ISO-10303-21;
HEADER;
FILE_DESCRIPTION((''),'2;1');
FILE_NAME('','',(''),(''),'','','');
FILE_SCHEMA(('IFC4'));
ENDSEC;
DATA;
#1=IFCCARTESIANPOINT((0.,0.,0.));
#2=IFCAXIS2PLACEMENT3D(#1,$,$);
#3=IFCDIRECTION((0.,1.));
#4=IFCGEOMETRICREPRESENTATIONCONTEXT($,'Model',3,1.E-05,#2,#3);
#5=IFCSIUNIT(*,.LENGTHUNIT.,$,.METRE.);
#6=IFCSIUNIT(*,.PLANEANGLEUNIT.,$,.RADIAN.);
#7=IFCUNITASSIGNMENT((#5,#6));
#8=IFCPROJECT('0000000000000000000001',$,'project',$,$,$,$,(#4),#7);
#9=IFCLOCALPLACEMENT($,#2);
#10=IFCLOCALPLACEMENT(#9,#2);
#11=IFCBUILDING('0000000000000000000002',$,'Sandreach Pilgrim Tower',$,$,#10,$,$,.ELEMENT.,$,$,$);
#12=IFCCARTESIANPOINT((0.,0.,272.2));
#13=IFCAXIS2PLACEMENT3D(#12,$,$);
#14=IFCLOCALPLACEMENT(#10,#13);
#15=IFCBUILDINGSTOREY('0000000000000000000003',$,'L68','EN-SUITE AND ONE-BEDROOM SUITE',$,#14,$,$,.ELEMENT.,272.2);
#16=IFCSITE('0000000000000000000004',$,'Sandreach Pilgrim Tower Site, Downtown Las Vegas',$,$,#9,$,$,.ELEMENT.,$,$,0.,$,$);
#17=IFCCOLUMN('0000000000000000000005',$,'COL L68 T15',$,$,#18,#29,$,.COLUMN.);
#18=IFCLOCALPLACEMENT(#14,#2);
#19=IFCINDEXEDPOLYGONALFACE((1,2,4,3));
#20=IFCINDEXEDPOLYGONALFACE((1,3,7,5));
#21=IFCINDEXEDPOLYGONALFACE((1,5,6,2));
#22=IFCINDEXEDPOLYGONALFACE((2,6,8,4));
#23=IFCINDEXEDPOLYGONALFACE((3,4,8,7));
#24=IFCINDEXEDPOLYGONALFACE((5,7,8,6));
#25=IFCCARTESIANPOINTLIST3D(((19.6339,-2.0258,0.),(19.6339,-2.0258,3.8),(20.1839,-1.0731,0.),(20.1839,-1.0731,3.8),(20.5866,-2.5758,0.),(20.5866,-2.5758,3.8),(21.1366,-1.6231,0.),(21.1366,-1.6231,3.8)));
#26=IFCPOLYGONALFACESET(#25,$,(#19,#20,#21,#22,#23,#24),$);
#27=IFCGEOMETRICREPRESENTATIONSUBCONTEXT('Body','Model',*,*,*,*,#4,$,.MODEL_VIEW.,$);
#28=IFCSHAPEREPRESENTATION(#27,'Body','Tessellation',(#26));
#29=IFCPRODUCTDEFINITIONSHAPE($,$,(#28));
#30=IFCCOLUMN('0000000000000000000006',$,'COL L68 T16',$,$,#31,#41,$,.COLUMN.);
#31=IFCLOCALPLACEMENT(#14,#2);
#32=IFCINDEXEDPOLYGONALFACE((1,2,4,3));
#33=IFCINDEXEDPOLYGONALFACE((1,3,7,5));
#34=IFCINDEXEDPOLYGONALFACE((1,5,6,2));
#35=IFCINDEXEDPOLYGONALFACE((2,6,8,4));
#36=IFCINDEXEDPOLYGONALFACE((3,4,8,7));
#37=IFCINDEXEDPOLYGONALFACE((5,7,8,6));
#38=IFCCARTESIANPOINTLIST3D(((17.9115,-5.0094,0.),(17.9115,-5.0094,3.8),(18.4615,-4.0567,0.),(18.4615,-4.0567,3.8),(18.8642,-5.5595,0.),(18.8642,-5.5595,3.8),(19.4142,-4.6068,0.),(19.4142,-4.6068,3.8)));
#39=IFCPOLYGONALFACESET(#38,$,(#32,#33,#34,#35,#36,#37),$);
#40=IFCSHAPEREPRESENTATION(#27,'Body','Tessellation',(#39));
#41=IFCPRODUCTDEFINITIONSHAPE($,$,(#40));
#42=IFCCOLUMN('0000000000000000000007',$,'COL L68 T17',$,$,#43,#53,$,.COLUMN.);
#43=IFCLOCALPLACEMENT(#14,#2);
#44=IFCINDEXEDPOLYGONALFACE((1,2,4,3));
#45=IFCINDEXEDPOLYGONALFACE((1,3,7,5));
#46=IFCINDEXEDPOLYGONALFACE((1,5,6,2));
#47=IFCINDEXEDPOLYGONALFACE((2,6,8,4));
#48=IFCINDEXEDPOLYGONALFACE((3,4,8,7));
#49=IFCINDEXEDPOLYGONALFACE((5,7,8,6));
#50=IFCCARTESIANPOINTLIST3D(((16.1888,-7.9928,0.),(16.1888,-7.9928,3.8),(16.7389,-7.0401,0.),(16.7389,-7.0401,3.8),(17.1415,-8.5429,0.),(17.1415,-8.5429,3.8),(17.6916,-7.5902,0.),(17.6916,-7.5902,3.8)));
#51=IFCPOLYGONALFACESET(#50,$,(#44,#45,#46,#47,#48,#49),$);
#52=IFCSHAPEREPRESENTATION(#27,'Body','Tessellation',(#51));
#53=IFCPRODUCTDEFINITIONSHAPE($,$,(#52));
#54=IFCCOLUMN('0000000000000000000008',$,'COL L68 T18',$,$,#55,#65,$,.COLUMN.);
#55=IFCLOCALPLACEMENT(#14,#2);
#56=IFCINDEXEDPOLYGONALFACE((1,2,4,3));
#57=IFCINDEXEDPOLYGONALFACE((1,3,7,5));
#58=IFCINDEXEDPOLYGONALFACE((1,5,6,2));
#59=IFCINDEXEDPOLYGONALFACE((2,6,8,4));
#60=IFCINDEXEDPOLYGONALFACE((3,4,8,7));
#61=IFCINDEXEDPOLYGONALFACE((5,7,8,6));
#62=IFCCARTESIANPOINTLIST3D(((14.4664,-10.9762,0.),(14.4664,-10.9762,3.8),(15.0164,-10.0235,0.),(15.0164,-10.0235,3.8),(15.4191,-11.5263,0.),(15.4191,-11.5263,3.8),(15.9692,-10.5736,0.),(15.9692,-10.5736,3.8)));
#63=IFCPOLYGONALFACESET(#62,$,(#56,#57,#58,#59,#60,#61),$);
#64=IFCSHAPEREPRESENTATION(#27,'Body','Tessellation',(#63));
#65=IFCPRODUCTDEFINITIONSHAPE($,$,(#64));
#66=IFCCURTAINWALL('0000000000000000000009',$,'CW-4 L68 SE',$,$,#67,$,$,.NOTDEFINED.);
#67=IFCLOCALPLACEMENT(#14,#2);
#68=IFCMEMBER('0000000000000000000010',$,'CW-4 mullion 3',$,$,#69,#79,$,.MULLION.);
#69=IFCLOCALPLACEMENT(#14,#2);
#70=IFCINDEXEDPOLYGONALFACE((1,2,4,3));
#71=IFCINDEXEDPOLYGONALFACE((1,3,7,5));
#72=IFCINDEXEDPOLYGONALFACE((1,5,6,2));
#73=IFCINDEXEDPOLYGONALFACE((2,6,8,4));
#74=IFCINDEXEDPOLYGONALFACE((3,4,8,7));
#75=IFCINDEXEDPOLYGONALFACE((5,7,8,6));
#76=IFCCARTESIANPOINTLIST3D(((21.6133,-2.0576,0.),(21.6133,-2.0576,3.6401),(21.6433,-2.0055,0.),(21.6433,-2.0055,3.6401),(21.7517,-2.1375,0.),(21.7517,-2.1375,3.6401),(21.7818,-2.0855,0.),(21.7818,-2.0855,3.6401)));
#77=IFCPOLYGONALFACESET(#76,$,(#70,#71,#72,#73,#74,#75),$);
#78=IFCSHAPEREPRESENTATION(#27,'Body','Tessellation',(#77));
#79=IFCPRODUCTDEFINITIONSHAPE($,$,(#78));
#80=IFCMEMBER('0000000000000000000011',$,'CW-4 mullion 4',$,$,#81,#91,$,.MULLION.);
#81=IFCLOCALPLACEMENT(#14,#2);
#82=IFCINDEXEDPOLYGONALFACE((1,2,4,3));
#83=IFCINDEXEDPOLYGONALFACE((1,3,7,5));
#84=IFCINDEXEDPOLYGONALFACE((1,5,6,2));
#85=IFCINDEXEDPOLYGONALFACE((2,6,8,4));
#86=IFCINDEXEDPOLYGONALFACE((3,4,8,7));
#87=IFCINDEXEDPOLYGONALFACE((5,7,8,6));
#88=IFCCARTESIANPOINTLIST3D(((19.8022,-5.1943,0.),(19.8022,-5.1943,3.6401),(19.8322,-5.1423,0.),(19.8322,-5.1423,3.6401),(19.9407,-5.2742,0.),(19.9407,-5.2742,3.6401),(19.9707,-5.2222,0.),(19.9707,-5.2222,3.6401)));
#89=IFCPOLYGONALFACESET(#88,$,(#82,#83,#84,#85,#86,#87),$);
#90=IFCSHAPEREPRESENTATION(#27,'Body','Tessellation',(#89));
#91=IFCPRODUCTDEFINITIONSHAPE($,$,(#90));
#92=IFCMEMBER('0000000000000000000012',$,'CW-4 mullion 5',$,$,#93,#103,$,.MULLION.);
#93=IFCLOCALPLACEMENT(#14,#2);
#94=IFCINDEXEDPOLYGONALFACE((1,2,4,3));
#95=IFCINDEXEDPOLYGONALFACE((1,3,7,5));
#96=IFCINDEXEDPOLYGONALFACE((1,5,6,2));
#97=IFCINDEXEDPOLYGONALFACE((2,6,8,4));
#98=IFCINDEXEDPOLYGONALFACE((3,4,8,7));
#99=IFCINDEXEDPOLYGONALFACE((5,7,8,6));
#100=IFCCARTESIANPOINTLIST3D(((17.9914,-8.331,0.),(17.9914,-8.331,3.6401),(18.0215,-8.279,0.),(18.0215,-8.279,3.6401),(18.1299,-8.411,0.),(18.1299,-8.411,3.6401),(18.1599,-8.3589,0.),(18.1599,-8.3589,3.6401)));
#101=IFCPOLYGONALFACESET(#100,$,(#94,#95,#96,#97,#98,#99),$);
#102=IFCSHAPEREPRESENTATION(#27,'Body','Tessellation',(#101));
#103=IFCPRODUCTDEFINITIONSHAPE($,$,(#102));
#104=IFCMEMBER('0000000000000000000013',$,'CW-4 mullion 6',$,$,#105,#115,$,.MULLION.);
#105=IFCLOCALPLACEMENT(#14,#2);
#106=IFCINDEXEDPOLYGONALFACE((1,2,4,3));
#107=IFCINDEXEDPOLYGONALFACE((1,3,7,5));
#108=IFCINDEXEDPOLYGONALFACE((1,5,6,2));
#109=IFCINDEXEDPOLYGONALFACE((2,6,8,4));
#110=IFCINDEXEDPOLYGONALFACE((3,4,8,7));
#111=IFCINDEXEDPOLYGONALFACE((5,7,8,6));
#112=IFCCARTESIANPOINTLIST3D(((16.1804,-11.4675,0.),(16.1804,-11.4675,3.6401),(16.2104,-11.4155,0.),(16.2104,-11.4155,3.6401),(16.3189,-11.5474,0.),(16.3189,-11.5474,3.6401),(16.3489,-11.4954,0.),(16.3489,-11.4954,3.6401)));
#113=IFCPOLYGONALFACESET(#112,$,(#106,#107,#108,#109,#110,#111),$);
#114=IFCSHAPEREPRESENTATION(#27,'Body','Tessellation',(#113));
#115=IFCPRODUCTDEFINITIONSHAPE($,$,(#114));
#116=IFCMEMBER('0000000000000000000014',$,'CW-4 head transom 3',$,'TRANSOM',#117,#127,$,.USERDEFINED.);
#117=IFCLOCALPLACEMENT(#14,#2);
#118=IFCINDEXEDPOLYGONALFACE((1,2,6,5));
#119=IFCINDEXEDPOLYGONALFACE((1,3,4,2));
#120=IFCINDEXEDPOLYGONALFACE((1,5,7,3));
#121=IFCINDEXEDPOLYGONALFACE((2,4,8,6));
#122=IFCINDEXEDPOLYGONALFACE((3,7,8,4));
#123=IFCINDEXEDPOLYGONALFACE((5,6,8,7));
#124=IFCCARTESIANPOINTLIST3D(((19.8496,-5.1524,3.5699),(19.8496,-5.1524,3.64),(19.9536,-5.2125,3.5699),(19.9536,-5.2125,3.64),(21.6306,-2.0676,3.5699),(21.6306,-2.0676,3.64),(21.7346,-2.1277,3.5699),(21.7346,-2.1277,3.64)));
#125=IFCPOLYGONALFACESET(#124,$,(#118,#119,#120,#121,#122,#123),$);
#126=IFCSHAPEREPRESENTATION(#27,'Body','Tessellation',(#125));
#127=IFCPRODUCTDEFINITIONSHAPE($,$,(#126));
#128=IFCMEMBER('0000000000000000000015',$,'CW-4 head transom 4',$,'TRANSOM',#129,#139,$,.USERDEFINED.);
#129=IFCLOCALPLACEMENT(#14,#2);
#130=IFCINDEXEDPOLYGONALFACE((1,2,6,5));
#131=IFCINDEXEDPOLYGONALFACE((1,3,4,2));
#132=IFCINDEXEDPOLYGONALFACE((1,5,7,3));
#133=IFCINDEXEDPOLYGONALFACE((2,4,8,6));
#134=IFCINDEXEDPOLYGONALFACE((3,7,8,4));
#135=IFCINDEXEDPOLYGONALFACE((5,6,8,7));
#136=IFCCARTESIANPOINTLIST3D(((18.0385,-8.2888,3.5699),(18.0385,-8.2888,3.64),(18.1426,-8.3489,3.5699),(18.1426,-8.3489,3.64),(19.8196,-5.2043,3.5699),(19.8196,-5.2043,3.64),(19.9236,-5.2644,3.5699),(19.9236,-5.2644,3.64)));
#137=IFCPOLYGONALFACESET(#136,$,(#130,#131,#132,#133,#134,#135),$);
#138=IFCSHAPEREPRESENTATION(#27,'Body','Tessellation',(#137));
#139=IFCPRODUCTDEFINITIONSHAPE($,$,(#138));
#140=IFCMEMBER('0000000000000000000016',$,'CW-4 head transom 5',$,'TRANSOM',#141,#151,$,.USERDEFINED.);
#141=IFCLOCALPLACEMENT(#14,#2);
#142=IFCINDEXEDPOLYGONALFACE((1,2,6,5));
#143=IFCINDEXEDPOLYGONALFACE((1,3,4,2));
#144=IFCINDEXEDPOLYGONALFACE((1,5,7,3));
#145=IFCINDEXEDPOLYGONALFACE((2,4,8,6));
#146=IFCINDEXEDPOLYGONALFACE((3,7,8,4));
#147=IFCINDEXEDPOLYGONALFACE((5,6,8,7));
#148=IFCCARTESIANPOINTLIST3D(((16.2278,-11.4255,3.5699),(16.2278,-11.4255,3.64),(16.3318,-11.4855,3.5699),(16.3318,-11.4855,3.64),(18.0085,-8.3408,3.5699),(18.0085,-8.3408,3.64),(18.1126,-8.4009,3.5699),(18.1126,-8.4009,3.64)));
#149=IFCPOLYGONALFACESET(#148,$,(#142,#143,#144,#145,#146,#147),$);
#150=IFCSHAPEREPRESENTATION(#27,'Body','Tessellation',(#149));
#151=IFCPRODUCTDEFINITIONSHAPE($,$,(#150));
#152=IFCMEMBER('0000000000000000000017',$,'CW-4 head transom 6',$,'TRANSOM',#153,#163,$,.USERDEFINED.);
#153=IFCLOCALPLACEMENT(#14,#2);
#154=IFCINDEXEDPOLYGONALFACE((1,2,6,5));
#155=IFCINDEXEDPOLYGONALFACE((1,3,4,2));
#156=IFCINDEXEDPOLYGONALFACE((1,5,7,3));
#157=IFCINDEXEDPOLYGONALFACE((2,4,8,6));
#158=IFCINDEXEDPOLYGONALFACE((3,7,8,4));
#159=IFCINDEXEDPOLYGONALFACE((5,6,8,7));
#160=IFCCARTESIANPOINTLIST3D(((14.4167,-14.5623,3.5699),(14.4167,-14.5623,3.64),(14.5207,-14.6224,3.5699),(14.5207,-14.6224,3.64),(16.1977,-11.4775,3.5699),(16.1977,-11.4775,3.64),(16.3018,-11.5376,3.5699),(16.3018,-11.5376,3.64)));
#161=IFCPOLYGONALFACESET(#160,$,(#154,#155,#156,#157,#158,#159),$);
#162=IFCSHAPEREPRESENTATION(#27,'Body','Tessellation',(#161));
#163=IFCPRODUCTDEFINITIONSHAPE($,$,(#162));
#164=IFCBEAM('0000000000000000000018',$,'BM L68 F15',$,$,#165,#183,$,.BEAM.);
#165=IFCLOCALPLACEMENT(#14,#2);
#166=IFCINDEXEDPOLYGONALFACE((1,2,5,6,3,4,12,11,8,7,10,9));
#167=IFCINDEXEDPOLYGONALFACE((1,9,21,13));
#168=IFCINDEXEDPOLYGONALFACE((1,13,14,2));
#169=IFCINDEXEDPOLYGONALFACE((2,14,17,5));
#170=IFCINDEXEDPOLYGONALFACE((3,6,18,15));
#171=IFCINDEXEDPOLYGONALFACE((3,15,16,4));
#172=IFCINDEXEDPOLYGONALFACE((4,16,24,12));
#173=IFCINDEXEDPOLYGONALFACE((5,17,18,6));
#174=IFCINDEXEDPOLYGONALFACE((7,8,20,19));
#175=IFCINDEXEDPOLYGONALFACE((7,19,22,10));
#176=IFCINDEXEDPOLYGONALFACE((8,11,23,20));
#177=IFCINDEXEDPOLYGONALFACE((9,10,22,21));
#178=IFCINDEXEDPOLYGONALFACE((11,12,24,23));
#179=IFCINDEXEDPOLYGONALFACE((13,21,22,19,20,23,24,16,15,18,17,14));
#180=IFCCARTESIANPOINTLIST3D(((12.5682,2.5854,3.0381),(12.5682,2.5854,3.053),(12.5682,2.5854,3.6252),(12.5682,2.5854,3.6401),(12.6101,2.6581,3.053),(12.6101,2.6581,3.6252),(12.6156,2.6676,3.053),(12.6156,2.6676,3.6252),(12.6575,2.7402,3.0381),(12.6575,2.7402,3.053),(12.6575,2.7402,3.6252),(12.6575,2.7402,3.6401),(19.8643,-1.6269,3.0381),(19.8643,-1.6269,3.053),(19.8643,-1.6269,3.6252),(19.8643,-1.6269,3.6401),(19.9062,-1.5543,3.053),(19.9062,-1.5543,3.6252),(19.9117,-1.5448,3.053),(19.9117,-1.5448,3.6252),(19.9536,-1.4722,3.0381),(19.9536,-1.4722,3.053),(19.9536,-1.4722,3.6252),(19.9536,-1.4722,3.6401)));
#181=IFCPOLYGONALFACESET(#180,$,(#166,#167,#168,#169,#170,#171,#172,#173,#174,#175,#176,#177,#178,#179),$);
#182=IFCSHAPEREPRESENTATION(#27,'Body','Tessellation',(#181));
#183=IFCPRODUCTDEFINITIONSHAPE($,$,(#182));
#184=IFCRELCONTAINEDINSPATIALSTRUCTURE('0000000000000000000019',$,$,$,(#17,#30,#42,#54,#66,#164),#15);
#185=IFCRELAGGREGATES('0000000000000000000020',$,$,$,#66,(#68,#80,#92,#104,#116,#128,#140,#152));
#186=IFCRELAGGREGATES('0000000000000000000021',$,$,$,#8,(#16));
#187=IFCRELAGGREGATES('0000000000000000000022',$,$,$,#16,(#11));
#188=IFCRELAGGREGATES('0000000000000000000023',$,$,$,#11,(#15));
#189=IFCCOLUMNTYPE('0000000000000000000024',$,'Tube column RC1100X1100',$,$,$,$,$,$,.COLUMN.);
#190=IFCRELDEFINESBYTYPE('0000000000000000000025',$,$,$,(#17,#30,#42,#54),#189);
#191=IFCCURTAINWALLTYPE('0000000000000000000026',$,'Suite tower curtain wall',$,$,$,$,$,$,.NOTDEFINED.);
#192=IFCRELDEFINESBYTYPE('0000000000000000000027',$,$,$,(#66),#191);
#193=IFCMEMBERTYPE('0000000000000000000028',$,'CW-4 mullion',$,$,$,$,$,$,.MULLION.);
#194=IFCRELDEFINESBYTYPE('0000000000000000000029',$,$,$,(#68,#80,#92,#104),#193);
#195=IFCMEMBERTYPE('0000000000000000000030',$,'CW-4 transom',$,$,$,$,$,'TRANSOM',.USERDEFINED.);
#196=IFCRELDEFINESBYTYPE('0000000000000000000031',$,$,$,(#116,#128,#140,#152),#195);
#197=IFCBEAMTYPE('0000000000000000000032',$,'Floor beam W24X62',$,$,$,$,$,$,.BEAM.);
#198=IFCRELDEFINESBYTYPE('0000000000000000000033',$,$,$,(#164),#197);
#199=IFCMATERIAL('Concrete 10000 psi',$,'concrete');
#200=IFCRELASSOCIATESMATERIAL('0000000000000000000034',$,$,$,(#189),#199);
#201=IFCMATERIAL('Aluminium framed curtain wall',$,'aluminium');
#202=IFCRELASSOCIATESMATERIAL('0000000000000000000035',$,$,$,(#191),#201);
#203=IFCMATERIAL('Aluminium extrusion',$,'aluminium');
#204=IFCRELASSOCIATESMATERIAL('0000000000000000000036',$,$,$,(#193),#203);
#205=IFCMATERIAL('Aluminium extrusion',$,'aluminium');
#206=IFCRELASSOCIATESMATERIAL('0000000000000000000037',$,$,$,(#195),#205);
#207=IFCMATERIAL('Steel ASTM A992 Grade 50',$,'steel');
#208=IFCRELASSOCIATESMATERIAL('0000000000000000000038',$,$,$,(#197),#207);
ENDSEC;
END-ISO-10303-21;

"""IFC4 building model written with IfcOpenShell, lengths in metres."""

from ifc_helpers import new_model, si_unit, direction, frame, origin, origin_2d, place, context, subcontext, project, spatial, rectangle, i_section, extrude, material, material_profile, profile_set, type_object, element, aggregate, save


model = new_model("IFC4")

# Units and contexts
model_context = context("Model", 3, precision=1e-05, world=origin(), true_north=direction((0.0, 1.0)))
body_context = subcontext(model_context, "Body", "Model", "MODEL_VIEW")
ifc_project = project(units=[si_unit("LENGTHUNIT", "METRE"), si_unit("PLANEANGLEUNIT", "RADIAN")], contexts=[model_context])

# Site, building, storey
site_placement = place(None, origin())
site = spatial("IfcSite", under=ifc_project, at=site_placement, Name="Sandreach Pilgrim Tower Site, Downtown Las Vegas", CompositionType="ELEMENT", RefElevation=0.0)
building_placement = place(site_placement, origin())
building = spatial("IfcBuilding", under=site, at=building_placement, Name="Sandreach Pilgrim Tower", CompositionType="ELEMENT")
storey_placement = place(building_placement, frame((0.0, 0.0, 272.2)))
storey = spatial("IfcBuildingStorey", under=building, at=storey_placement, Name="L68", Description="EN-SUITE AND ONE-BEDROOM SUITE", CompositionType="ELEMENT", Elevation=272.2)

# Columns
ifc_material_1 = material(Name="Concrete 10000 psi", Category="concrete")
ifc_material_profile_1 = material_profile(ifc_material_1, rectangle(XDim=1.1001, YDim=1.1001, at=origin_2d()), Name="RC1100X1100")
ifc_profile_set_1 = profile_set([ifc_material_profile_1], Name="Concrete 10000 psi")
column_type = type_object("IfcColumnType", Name="Tube column RC1100X1100", PredefinedType="COLUMN", material=ifc_profile_set_1)
for number, where, z_axis, x_axis, name in (
    (1, (20.3853, -1.8245, 0.0), (0.0, 0.0, 1.0), (0.866025, -0.5, 0.0), "COL L68 T15"),
    (2, (18.6628, -4.8081, 0.0), (0.0, 0.0, 1.0), (0.866025, -0.5, 0.0), "COL L68 T16"),
    (3, (16.9402, -7.7915, 0.0), (0.0, 0.0, 1.0), (0.866025, -0.5, 0.0), "COL L68 T17"),
    (4, (15.2178, -10.7749, 0.0), (0.0, 0.0, 1.0), (0.866025, -0.5, 0.0), "COL L68 T18"),
):
    element("IfcColumn", number, at=place(storey_placement, frame(where, z_axis=z_axis, x_axis=x_axis)), inside=storey, type_object=column_type, Name=name, PredefinedType="COLUMN", context=body_context, shape_type="SweptSolid", body=[
        extrude(rectangle(XDim=1.1001, YDim=1.1001, at=origin_2d()), origin(), (0.0, 0.0, 1.0), 3.8),
    ])

# Curtain wall, members
ifc_material_2 = material(Name="Aluminium framed curtain wall", Category="aluminium")
curtain_wall_type = type_object("IfcCurtainWallType", Name="Suite tower curtain wall", PredefinedType="NOTDEFINED", material=ifc_material_2)
curtain_wall_placement = place(storey_placement, origin())
curtain_wall = element("IfcCurtainWall", 5, at=curtain_wall_placement, inside=storey, type_object=curtain_wall_type, Name="CW-4 L68 SE", PredefinedType="NOTDEFINED")
ifc_material_3 = material(Name="Aluminium extrusion", Category="aluminium")
ifc_material_profile_2 = material_profile(ifc_material_3, rectangle(XDim=0.0601, YDim=0.1599, at=origin_2d()), Name="CW-4M 60X160")
ifc_profile_set_2 = profile_set([ifc_material_profile_2], Name="Aluminium extrusion")
member_type_1 = type_object("IfcMemberType", Name="CW-4 mullion", PredefinedType="MULLION", material=ifc_profile_set_2)
member_1_placement = place(storey_placement, frame((21.6975, -2.0715, 0.0), z_axis=(0.0, 0.0, 1.0), x_axis=(-0.5, -0.866025, 0.0)))
member_1 = element("IfcMember", 6, at=member_1_placement, type_object=member_type_1, Name="CW-4 mullion 3", PredefinedType="MULLION", context=body_context, shape_type="SweptSolid", body=[
    extrude(rectangle(XDim=0.0601, YDim=0.1599, at=origin_2d()), origin(), (0.0, 0.0, 1.0), 3.6401),
])
member_2_placement = place(storey_placement, frame((19.8865, -5.2083, 0.0), z_axis=(0.0, 0.0, 1.0), x_axis=(-0.5, -0.866025, 0.0)))
member_2 = element("IfcMember", 7, at=member_2_placement, type_object=member_type_1, Name="CW-4 mullion 4", PredefinedType="MULLION", context=body_context, shape_type="SweptSolid", body=[
    extrude(rectangle(XDim=0.0601, YDim=0.1599, at=origin_2d()), origin(), (0.0, 0.0, 1.0), 3.6401),
])
member_3_placement = place(storey_placement, frame((18.0757, -8.345, 0.0), z_axis=(0.0, 0.0, 1.0), x_axis=(-0.5, -0.866025, 0.0)))
member_3 = element("IfcMember", 8, at=member_3_placement, type_object=member_type_1, Name="CW-4 mullion 5", PredefinedType="MULLION", context=body_context, shape_type="SweptSolid", body=[
    extrude(rectangle(XDim=0.0601, YDim=0.1599, at=origin_2d()), origin(), (0.0, 0.0, 1.0), 3.6401),
])
member_4_placement = place(storey_placement, frame((16.2646, -11.4814, 0.0), z_axis=(0.0, 0.0, 1.0), x_axis=(-0.5, -0.866025, 0.0)))
member_4 = element("IfcMember", 9, at=member_4_placement, type_object=member_type_1, Name="CW-4 mullion 6", PredefinedType="MULLION", context=body_context, shape_type="SweptSolid", body=[
    extrude(rectangle(XDim=0.0601, YDim=0.1599, at=origin_2d()), origin(), (0.0, 0.0, 1.0), 3.6401),
])
ifc_material_4 = material(Name="Aluminium extrusion", Category="aluminium")
ifc_material_profile_3 = material_profile(ifc_material_4, rectangle(XDim=0.1201, YDim=0.0701, at=origin_2d()), Name="CW-4T 120X70")
ifc_profile_set_3 = profile_set([ifc_material_profile_3], Name="Aluminium extrusion")
member_type_2 = type_object("IfcMemberType", Name="CW-4 transom", ElementType="TRANSOM", PredefinedType="USERDEFINED", material=ifc_profile_set_3)
member_5_placement = place(storey_placement, frame((21.6826, -2.0977, 3.605), z_axis=(-0.500009, -0.86602, 0.0), x_axis=(0.86602, -0.500009, 0.0)))
member_5 = element("IfcMember", 10, at=member_5_placement, type_object=member_type_2, Name="CW-4 head transom 3", ObjectType="TRANSOM", PredefinedType="USERDEFINED", context=body_context, shape_type="SweptSolid", body=[
    extrude(rectangle(XDim=0.1201, YDim=0.0701, at=origin_2d()), origin(), (0.0, 0.0, 1.0), 3.562),
])
member_6_placement = place(storey_placement, frame((19.8716, -5.2344, 3.605), z_axis=(-0.500039, -0.866003, 0.0), x_axis=(0.866003, -0.500039, 0.0)))
member_6 = element("IfcMember", 11, at=member_6_placement, type_object=member_type_2, Name="CW-4 head transom 4", ObjectType="TRANSOM", PredefinedType="USERDEFINED", context=body_context, shape_type="SweptSolid", body=[
    extrude(rectangle(XDim=0.1201, YDim=0.0701, at=origin_2d()), origin(), (0.0, 0.0, 1.0), 3.5618),
])
member_7_placement = place(storey_placement, frame((18.0605, -8.3708, 3.605), z_axis=(-0.499958, -0.86605, 0.0), x_axis=(0.86605, -0.499958, 0.0)))
member_7 = element("IfcMember", 12, at=member_7_placement, type_object=member_type_2, Name="CW-4 head transom 5", ObjectType="TRANSOM", PredefinedType="USERDEFINED", context=body_context, shape_type="SweptSolid", body=[
    extrude(rectangle(XDim=0.1201, YDim=0.0701, at=origin_2d()), origin(), (0.0, 0.0, 1.0), 3.5618),
])
member_8_placement = place(storey_placement, frame((16.2498, -11.5076, 3.605), z_axis=(-0.500009, -0.86602, 0.0), x_axis=(0.86602, -0.500009, 0.0)))
member_8 = element("IfcMember", 13, at=member_8_placement, type_object=member_type_2, Name="CW-4 head transom 6", ObjectType="TRANSOM", PredefinedType="USERDEFINED", context=body_context, shape_type="SweptSolid", body=[
    extrude(rectangle(XDim=0.1201, YDim=0.0701, at=origin_2d()), origin(), (0.0, 0.0, 1.0), 3.562),
])

# Beam
ifc_material_5 = material(Name="Steel ASTM A992 Grade 50", Category="steel")
ifc_material_profile_4 = material_profile(ifc_material_5, i_section(OverallWidth=0.1787, OverallDepth=0.6021, WebThickness=0.011, FlangeThickness=0.0149, at=origin_2d()), Name="W24X62")
ifc_profile_set_4 = profile_set([ifc_material_profile_4], Name="Steel ASTM A992 Grade 50")
beam_type_1 = type_object("IfcBeamType", Name="Floor beam W24X62", PredefinedType="BEAM", material=ifc_profile_set_4)
beam_1_placement = place(storey_placement, frame((19.9089, -1.5496, 3.3391), z_axis=(-0.866027, 0.499998, 0.0), x_axis=(-0.499998, -0.866027, 0.0)))
element("IfcBeam", 14, at=beam_1_placement, inside=storey, type_object=beam_type_1, Name="BM L68 F15", PredefinedType="BEAM", context=body_context, shape_type="SweptSolid", body=[
    extrude(i_section(OverallWidth=0.1787, OverallDepth=0.6021, WebThickness=0.011, FlangeThickness=0.0149, at=origin_2d()), origin(), (0.0, 0.0, 1.0), 8.4248),
])

aggregate(curtain_wall, [member_1, member_2, member_3, member_4, member_5, member_6, member_7, member_8])

save(model, "model.ifc")
